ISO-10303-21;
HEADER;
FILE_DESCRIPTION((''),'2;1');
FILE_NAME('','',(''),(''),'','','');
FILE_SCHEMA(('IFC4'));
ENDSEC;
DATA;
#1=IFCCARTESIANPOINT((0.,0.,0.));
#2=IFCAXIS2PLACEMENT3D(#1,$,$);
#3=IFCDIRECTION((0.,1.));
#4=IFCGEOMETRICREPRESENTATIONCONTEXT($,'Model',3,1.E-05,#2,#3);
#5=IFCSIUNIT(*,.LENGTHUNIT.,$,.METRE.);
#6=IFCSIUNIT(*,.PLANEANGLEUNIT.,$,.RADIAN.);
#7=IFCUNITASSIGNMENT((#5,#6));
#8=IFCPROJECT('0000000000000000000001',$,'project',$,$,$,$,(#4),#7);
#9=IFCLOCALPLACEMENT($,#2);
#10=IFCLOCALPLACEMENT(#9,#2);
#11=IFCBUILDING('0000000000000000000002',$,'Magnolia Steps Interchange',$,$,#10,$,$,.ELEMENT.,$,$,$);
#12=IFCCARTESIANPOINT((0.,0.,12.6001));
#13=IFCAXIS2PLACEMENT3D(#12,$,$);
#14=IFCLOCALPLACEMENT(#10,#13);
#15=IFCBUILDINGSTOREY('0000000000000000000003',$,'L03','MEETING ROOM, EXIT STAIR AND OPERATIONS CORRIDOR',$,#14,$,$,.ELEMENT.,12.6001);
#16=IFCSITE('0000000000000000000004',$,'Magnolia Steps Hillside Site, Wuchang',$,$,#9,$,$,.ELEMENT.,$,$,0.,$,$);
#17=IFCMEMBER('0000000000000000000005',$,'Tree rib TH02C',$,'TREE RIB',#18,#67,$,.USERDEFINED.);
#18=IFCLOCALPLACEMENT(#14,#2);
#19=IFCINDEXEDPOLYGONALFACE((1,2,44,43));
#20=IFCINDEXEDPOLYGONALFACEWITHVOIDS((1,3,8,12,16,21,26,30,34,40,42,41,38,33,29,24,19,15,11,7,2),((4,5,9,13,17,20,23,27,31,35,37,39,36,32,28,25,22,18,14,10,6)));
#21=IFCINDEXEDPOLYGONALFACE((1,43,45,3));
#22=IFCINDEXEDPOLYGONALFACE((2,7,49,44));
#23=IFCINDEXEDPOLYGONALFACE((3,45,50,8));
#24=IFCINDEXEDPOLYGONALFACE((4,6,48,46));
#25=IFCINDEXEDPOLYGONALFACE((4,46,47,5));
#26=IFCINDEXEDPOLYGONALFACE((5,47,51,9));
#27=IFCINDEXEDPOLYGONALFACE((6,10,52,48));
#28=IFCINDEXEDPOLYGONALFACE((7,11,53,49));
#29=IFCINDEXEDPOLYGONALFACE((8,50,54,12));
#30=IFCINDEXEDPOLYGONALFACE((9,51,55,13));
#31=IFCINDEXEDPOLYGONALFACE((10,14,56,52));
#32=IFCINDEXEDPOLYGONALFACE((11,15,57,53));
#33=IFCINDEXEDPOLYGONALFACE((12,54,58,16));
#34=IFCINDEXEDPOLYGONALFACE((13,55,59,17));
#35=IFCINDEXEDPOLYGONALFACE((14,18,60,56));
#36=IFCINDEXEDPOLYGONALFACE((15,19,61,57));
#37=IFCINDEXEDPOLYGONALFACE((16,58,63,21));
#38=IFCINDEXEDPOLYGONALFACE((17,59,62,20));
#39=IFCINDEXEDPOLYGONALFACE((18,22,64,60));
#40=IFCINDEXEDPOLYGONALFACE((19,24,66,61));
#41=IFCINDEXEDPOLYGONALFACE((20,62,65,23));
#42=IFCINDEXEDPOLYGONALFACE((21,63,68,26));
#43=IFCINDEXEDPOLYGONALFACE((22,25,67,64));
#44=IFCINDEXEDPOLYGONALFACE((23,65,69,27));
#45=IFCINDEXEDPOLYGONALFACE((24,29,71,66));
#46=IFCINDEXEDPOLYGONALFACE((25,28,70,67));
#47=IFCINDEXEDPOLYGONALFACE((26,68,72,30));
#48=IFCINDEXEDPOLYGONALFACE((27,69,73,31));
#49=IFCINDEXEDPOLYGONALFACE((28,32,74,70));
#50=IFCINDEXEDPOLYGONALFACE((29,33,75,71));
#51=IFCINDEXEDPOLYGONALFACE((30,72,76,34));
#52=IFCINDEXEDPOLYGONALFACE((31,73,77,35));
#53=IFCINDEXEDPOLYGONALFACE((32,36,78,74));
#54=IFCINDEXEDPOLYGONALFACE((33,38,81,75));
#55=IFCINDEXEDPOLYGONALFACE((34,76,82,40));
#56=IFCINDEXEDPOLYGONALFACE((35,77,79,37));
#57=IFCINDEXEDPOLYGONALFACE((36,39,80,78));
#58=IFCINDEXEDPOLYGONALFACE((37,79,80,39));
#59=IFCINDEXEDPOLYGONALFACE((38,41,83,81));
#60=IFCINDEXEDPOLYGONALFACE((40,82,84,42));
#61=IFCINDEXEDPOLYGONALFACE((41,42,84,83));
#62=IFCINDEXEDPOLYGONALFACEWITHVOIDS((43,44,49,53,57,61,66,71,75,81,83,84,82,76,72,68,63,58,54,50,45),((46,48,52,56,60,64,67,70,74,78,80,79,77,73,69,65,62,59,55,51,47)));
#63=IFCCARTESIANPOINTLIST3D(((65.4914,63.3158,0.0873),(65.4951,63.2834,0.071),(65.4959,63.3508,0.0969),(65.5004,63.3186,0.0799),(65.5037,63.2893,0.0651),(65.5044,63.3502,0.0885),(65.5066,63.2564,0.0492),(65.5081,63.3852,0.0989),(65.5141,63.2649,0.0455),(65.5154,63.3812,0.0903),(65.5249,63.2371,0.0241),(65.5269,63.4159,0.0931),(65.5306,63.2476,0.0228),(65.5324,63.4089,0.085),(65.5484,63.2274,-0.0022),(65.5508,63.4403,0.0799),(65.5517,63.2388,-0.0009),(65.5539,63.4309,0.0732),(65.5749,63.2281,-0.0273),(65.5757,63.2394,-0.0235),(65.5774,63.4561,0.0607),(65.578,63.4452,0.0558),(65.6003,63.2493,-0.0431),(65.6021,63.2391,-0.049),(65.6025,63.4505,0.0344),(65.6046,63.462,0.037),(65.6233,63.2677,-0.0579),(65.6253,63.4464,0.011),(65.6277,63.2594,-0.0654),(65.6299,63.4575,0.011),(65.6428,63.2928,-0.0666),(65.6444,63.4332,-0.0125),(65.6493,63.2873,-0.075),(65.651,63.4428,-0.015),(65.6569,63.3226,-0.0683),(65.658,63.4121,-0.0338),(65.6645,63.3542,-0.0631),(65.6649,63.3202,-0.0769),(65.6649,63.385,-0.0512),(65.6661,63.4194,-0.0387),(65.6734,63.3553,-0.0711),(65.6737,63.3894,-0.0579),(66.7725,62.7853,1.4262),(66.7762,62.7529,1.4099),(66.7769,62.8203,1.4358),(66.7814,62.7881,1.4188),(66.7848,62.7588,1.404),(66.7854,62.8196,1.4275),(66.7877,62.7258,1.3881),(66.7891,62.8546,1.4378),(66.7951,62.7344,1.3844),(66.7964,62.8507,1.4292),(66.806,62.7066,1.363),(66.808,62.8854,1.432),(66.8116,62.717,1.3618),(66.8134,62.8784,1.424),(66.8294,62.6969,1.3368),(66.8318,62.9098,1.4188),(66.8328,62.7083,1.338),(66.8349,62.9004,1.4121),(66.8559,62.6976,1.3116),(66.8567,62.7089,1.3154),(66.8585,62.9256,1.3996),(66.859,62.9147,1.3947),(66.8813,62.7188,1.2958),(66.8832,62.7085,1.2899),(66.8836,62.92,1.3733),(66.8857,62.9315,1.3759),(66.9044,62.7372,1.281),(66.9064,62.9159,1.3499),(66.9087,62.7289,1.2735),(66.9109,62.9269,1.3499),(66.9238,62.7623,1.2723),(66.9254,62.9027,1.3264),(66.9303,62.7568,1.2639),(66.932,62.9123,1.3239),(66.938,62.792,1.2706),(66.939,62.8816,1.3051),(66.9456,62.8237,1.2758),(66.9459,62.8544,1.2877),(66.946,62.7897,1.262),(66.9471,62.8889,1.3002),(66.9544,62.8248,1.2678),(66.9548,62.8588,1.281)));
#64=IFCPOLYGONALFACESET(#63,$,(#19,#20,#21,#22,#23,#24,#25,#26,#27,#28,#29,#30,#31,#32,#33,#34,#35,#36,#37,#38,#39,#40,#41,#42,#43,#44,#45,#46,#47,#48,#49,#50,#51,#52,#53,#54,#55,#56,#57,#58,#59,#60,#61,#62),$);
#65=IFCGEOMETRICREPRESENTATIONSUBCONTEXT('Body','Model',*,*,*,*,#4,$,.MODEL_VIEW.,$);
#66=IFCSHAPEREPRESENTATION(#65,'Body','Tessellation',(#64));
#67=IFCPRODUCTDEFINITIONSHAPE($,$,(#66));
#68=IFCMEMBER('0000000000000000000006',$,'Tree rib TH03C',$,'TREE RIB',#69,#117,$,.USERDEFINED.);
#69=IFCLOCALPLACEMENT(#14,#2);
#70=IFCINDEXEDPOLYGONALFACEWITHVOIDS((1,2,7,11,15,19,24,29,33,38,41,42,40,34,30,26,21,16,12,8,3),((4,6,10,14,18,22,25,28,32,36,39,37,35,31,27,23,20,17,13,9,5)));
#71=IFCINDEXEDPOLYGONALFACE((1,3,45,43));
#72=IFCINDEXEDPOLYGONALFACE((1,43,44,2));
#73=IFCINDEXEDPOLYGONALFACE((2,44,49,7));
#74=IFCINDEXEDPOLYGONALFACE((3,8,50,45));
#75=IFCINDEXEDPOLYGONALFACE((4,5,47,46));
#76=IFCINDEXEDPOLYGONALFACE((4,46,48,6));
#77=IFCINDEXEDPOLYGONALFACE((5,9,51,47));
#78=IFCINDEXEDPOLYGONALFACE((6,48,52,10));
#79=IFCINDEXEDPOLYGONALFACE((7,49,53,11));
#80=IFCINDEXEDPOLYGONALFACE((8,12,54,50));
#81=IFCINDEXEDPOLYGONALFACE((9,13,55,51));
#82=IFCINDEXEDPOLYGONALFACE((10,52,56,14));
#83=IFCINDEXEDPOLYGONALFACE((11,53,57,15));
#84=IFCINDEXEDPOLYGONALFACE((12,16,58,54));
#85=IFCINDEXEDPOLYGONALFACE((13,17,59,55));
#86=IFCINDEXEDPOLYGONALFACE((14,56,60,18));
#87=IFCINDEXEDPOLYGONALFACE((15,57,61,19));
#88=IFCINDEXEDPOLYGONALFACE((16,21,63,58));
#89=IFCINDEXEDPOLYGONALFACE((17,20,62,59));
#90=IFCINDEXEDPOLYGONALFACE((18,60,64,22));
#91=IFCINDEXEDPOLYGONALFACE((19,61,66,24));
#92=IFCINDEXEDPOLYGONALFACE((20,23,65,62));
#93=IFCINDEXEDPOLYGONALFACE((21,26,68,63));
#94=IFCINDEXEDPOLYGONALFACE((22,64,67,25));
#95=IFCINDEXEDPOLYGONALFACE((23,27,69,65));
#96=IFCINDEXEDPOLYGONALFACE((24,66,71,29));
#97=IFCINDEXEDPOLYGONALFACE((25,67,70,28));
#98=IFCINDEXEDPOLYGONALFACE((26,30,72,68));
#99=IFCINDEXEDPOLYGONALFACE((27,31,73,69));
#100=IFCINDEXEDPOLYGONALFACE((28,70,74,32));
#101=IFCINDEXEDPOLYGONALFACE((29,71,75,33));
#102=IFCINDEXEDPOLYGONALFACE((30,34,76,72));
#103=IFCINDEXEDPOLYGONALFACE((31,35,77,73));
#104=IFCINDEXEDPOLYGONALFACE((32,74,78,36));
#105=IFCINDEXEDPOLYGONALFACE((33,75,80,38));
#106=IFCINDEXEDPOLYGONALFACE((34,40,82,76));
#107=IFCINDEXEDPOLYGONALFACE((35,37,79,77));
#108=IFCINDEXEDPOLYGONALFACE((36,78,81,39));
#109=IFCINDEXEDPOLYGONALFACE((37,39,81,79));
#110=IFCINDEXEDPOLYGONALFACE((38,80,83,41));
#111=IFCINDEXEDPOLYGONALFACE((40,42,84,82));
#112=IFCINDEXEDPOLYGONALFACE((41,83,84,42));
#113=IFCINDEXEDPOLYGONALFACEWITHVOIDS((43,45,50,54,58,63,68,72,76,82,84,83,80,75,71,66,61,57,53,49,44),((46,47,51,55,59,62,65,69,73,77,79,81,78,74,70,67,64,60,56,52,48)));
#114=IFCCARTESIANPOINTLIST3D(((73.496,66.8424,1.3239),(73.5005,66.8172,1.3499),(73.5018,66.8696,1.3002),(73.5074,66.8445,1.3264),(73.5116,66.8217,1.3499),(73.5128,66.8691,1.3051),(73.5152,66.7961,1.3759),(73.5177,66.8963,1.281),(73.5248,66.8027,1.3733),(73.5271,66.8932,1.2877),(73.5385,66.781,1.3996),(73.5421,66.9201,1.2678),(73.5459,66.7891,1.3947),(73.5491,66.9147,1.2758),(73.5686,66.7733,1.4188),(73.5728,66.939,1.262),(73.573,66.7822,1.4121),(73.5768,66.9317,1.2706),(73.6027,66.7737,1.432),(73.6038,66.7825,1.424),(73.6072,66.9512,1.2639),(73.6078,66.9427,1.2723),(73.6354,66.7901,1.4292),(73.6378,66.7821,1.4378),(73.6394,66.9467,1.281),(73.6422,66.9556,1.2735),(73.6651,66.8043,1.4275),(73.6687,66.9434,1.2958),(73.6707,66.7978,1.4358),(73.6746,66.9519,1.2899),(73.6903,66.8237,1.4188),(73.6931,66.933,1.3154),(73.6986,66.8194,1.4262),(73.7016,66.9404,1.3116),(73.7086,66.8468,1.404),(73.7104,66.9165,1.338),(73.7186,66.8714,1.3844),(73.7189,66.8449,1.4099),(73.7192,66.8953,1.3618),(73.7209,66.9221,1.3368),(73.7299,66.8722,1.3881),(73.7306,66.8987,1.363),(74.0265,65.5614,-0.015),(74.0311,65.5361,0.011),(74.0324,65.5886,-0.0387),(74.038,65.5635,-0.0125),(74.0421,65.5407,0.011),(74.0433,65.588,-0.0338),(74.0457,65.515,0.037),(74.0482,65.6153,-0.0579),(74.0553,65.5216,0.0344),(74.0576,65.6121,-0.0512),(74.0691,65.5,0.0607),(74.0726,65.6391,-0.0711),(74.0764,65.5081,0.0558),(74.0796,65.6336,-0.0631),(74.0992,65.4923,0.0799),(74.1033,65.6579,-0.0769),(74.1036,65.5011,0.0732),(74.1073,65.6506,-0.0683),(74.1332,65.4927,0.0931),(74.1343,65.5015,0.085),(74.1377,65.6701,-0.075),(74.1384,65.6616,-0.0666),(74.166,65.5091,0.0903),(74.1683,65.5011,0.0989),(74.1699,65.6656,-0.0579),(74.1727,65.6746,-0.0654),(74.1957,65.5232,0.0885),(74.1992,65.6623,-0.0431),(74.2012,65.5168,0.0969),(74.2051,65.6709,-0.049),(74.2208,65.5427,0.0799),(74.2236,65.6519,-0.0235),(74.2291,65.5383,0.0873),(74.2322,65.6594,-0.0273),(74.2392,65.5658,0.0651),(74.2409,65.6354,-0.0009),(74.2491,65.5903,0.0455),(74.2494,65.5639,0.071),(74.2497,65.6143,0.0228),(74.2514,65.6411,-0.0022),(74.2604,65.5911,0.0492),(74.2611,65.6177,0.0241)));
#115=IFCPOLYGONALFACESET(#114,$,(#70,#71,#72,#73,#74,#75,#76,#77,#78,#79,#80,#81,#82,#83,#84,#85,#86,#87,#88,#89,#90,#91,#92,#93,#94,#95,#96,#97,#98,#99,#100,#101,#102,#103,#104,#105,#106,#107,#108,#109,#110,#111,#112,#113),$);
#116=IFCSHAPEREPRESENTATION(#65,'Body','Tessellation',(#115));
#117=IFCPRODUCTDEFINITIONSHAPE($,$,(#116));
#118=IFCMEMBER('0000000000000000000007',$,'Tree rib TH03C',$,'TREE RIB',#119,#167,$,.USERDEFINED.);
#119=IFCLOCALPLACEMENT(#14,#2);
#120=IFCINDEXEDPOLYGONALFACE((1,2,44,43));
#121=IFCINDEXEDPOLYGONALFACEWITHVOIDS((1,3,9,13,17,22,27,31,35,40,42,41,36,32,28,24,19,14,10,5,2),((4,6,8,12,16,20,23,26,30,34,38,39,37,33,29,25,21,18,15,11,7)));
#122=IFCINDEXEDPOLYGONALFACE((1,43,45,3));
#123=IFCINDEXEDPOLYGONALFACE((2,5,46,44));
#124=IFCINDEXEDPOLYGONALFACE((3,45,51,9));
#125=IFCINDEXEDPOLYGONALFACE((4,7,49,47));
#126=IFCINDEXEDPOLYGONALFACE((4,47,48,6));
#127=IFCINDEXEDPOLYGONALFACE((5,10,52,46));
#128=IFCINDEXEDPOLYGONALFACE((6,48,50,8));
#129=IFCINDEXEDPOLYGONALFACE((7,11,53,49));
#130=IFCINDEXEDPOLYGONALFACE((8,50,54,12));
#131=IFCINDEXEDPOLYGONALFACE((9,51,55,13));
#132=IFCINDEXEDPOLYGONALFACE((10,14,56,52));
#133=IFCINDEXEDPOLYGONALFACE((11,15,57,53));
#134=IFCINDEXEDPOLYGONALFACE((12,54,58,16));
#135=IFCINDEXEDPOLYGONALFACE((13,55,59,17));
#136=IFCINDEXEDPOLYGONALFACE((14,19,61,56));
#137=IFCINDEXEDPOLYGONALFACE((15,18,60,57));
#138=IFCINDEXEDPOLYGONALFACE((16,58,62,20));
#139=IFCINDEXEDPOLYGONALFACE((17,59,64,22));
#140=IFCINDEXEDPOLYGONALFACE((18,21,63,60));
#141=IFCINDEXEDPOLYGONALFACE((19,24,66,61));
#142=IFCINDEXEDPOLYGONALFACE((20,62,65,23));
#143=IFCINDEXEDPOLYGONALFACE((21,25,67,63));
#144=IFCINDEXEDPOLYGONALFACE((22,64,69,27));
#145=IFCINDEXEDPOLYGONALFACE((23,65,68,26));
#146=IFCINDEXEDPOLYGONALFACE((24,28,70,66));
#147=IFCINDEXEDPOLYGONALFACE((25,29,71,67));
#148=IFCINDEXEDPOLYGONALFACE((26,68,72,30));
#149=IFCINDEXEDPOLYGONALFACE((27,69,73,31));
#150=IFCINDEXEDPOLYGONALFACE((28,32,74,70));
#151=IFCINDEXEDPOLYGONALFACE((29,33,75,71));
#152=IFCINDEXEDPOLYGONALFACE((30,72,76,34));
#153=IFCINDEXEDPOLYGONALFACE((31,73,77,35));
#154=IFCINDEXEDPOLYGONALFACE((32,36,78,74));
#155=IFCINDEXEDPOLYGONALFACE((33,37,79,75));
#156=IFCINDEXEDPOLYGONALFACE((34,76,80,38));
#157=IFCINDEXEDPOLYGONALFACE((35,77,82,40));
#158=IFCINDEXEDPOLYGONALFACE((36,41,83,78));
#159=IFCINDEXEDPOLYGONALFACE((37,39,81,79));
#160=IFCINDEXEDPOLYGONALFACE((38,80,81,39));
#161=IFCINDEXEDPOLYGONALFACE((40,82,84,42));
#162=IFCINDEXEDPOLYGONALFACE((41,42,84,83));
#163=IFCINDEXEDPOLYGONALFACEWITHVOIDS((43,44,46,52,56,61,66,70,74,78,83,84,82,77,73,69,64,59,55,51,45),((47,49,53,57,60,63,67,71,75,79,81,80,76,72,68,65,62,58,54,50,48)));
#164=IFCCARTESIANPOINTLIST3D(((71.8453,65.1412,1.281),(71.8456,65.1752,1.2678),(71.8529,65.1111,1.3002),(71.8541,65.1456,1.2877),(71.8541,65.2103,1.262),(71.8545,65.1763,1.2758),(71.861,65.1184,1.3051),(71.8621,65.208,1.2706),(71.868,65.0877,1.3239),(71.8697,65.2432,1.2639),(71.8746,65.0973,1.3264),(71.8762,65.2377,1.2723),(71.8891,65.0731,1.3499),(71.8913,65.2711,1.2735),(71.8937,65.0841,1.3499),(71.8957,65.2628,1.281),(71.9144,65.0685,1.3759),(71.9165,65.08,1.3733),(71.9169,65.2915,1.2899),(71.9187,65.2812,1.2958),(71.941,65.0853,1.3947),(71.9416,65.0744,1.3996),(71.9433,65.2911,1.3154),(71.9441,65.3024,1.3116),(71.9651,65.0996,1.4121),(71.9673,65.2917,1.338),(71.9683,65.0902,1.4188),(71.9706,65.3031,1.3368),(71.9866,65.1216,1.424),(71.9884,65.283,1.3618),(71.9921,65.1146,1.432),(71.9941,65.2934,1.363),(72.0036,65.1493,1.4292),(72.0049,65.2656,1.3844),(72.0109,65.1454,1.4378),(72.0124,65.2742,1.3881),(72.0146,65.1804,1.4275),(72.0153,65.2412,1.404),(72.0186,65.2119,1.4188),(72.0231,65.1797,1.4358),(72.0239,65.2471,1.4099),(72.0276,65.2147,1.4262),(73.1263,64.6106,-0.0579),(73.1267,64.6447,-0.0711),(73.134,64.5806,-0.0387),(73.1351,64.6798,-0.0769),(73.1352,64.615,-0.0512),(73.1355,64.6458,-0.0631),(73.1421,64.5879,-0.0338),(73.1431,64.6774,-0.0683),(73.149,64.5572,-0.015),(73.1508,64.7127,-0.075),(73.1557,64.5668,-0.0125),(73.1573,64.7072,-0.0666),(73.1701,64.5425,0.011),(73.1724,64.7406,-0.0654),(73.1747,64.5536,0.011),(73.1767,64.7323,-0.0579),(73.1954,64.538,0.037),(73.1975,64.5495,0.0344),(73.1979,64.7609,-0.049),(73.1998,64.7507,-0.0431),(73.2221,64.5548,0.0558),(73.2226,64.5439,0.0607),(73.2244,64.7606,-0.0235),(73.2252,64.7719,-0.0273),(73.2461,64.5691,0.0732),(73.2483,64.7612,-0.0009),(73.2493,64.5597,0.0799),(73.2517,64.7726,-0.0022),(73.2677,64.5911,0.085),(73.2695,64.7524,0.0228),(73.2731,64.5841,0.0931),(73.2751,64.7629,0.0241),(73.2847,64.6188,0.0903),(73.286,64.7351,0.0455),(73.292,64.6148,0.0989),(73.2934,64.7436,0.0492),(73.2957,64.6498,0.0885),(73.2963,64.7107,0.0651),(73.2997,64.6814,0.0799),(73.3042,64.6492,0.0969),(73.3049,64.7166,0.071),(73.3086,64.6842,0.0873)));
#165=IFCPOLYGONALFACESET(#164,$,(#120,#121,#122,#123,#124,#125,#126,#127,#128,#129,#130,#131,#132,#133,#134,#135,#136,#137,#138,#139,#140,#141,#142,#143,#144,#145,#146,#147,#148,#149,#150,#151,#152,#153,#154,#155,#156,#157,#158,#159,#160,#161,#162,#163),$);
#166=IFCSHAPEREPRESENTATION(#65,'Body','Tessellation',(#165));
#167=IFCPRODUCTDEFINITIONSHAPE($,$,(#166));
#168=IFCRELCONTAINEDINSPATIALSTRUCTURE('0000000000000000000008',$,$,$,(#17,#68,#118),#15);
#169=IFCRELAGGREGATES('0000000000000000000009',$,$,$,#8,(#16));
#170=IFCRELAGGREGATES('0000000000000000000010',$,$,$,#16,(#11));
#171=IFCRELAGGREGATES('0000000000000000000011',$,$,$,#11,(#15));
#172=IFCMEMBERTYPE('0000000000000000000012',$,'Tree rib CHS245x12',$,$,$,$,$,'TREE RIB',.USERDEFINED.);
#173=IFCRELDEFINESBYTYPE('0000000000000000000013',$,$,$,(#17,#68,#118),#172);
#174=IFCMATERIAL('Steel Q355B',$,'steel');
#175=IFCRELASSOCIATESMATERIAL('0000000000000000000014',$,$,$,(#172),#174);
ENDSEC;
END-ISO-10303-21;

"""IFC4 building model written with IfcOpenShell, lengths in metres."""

from ifc_helpers import new_model, si_unit, direction, frame, origin, origin_2d, place, context, subcontext, project, spatial, hollow_circle, extrude, material, material_profile, profile_set, type_object, element, save


model = new_model("IFC4")

# Units and contexts
model_context = context("Model", 3, precision=1e-05, world=origin(), true_north=direction((0.0, 1.0)))
body_context = subcontext(model_context, "Body", "Model", "MODEL_VIEW")
ifc_project = project(units=[si_unit("LENGTHUNIT", "METRE"), si_unit("PLANEANGLEUNIT", "RADIAN")], contexts=[model_context])

# Site, building, storey
site_placement = place(None, origin())
site = spatial("IfcSite", under=ifc_project, at=site_placement, Name="Magnolia Steps Hillside Site, Wuchang", CompositionType="ELEMENT", RefElevation=0.0)
building_placement = place(site_placement, origin())
building = spatial("IfcBuilding", under=site, at=building_placement, Name="Magnolia Steps Interchange", CompositionType="ELEMENT")
storey_placement = place(building_placement, frame((0.0, 0.0, 12.6001)))
storey = spatial("IfcBuildingStorey", under=building, at=storey_placement, Name="L03", Description="MEETING ROOM, EXIT STAIR AND OPERATIONS CORRIDOR", CompositionType="ELEMENT", Elevation=12.6001)

# Members
ifc_material_1 = material(Name="Steel Q355B", Category="steel")
ifc_material_profile_1 = material_profile(ifc_material_1, hollow_circle(Radius=0.1226, WallThickness=0.012, at=origin_2d()), Name="CHS245x12")
ifc_profile_set_1 = profile_set([ifc_material_profile_1], Name="Steel Q355B")
member_type = type_object("IfcMemberType", Name="Tree rib CHS245x12", ElementType="TREE RIB", PredefinedType="USERDEFINED", material=ifc_profile_set_1)
for number, where, z_axis, x_axis, name in (
    (1, (65.583, 63.3442, 0.011), (0.664618, -0.275246, 0.694638), (0.382627, 0.923903, 0.0), "Tree rib TH02C"),
    (2, (74.1443, 65.583, 0.011), (-0.275246, 0.664618, 0.694638), (-0.923903, -0.382627, 0.0), "Tree rib TH03C"),
    (3, (73.217, 64.6558, 0.011), (-0.664618, 0.275246, 0.694638), (-0.382627, -0.923903, 0.0), "Tree rib TH03C"),
):
    element("IfcMember", number, at=place(storey_placement, frame(where, z_axis=z_axis, x_axis=x_axis)), inside=storey, type_object=member_type, Name=name, ObjectType="TREE RIB", PredefinedType="USERDEFINED", context=body_context, shape_type="SweptSolid", body=[
        extrude(hollow_circle(Radius=0.1226, WallThickness=0.012, at=origin_2d()), origin(), (0.0, 0.0, 1.0), 1.9275),
    ])

save(model, "model.ifc")
